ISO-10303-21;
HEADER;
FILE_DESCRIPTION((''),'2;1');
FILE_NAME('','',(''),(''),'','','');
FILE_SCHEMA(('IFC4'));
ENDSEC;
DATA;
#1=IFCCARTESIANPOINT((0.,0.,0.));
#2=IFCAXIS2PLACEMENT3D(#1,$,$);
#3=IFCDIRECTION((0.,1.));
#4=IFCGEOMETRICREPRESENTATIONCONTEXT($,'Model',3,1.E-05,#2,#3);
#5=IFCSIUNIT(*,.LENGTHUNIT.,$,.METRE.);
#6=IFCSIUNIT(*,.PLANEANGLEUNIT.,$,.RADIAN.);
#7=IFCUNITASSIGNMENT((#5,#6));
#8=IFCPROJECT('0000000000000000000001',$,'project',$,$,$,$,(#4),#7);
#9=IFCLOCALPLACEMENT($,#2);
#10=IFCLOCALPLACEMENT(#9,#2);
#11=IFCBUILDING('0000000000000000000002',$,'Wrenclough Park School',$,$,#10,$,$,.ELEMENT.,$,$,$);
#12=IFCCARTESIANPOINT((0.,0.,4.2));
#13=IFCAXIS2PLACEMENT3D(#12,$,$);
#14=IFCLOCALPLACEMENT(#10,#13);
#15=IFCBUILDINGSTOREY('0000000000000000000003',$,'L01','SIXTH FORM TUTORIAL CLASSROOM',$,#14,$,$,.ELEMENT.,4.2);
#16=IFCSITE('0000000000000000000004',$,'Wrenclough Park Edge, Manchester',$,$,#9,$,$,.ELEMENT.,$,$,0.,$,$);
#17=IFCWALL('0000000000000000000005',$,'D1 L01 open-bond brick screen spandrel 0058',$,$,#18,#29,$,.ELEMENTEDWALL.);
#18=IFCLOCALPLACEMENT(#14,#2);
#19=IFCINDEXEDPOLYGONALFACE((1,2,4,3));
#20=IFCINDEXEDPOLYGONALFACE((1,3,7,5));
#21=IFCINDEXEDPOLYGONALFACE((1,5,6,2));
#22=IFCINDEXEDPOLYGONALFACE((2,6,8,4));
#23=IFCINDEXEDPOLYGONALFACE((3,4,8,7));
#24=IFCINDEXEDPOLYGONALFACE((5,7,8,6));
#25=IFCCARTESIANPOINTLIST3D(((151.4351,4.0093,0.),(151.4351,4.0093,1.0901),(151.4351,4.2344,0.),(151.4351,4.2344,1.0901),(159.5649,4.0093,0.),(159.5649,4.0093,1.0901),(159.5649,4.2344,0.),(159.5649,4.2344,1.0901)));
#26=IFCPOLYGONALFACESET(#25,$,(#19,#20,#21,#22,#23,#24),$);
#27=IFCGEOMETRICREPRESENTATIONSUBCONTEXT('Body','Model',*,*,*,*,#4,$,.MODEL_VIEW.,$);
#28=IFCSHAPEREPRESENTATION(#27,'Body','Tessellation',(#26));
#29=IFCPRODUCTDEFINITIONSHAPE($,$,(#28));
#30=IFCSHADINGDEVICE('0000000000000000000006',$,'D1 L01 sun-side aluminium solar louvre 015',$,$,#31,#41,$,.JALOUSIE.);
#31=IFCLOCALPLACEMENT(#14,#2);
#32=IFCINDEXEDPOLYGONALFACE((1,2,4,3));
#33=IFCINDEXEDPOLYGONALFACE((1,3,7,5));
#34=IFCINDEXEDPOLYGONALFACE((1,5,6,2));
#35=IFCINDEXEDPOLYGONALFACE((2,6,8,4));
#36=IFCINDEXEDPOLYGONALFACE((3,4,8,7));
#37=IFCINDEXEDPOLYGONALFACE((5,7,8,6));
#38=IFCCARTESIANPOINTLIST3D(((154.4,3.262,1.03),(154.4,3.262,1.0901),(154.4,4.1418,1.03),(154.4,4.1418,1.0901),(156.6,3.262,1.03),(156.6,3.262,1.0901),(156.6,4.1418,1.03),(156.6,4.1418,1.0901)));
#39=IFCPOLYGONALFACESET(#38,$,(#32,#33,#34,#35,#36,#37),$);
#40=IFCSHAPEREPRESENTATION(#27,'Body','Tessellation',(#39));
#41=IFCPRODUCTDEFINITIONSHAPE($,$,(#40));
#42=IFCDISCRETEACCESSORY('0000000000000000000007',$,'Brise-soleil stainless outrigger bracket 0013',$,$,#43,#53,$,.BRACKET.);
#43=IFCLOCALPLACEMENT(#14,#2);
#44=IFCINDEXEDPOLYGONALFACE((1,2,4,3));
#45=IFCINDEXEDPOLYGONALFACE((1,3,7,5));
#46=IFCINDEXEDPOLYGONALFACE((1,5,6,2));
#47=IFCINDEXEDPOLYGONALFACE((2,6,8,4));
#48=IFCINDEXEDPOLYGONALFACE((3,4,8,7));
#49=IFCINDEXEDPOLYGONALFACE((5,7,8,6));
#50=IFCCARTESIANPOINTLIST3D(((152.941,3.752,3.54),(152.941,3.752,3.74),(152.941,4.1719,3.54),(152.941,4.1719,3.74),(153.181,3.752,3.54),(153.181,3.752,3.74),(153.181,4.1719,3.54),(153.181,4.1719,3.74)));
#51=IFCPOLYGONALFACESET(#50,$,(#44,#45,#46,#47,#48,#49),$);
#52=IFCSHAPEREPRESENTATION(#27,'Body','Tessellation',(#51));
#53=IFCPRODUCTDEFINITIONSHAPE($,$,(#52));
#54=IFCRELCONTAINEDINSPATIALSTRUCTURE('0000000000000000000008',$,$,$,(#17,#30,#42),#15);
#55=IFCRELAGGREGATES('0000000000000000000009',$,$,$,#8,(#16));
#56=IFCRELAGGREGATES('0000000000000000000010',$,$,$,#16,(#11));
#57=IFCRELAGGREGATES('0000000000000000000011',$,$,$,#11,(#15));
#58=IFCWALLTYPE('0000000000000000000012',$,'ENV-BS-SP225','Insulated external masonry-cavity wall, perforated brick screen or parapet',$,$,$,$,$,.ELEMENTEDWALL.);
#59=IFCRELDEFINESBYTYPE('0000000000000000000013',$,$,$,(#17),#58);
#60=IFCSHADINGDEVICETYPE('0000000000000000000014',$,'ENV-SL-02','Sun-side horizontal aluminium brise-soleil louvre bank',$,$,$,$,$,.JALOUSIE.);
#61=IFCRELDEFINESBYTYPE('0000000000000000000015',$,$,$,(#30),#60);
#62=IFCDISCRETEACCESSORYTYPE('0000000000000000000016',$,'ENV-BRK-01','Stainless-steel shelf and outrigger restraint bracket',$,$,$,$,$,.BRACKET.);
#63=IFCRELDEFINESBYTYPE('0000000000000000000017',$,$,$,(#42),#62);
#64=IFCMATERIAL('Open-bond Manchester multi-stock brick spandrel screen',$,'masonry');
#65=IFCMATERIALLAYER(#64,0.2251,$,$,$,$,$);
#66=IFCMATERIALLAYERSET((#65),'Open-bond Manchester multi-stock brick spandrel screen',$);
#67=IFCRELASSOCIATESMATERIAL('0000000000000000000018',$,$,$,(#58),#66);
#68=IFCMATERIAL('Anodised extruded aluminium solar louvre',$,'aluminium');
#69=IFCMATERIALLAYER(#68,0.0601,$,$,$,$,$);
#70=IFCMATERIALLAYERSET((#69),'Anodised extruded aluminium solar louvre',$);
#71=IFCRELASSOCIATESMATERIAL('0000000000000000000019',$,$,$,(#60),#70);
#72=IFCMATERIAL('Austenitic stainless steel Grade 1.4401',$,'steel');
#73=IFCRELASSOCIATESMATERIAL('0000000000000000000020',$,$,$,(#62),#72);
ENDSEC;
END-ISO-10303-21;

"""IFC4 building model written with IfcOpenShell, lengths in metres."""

from ifc_helpers import new_model, si_unit, direction, frame, frame_2d, origin, origin_2d, place, context, subcontext, project, spatial, rectangle, extrude, material, layer, layer_set, type_object, element, save


model = new_model("IFC4")

# Units and contexts
model_context = context("Model", 3, precision=1e-05, world=origin(), true_north=direction((0.0, 1.0)))
body_context = subcontext(model_context, "Body", "Model", "MODEL_VIEW")
ifc_project = project(units=[si_unit("LENGTHUNIT", "METRE"), si_unit("PLANEANGLEUNIT", "RADIAN")], contexts=[model_context])

# Site, building, storey
site_placement = place(None, origin())
site = spatial("IfcSite", under=ifc_project, at=site_placement, Name="Wrenclough Park Edge, Manchester", CompositionType="ELEMENT", RefElevation=0.0)
building_placement = place(site_placement, origin())
building = spatial("IfcBuilding", under=site, at=building_placement, Name="Wrenclough Park School", CompositionType="ELEMENT")
storey_placement = place(building_placement, frame((0.0, 0.0, 4.2)))
storey = spatial("IfcBuildingStorey", under=building, at=storey_placement, Name="L01", Description="SIXTH FORM TUTORIAL CLASSROOM", CompositionType="ELEMENT", Elevation=4.2)

# Wall
ifc_material_1 = material(Name="Open-bond Manchester multi-stock brick spandrel screen", Category="masonry")
ifc_layer_1 = layer(ifc_material_1, 0.2251)
ifc_layer_set_1 = layer_set([ifc_layer_1], Name="Open-bond Manchester multi-stock brick spandrel screen")
wall_type_1 = type_object("IfcWallType", Name="ENV-BS-SP225", Description="Insulated external masonry-cavity wall, perforated brick screen or parapet", PredefinedType="ELEMENTEDWALL", material=ifc_layer_set_1)
wall_placement = place(storey_placement, frame((151.4351, 4.1218, 0.0), z_axis=(0.0, 0.0, 1.0), x_axis=(1.0, 0.0, 0.0)))
element("IfcWall", 1, at=wall_placement, inside=storey, type_object=wall_type_1, Name="D1 L01 open-bond brick screen spandrel 0058", PredefinedType="ELEMENTEDWALL", context=body_context, shape_type="SweptSolid", body=[
    extrude(rectangle(XDim=8.1299, YDim=0.2251, at=frame_2d((4.0649, 0.0))), origin(), (0.0, 0.0, 1.0), 1.0901),
])

# Shading device
ifc_material_2 = material(Name="Anodised extruded aluminium solar louvre", Category="aluminium")
ifc_layer_2 = layer(ifc_material_2, 0.0601)
ifc_layer_set_2 = layer_set([ifc_layer_2], Name="Anodised extruded aluminium solar louvre")
shading_device_type = type_object("IfcShadingDeviceType", Name="ENV-SL-02", Description="Sun-side horizontal aluminium brise-soleil louvre bank", PredefinedType="JALOUSIE", material=ifc_layer_set_2)
shading_device_placement = place(storey_placement, frame((155.5, 3.7019, 1.03), z_axis=(0.0, 0.0, 1.0), x_axis=(1.0, 0.0, 0.0)))
element("IfcShadingDevice", 2, at=shading_device_placement, inside=storey, type_object=shading_device_type, Name="D1 L01 sun-side aluminium solar louvre 015", PredefinedType="JALOUSIE", context=body_context, shape_type="SweptSolid", body=[
    extrude(rectangle(XDim=2.2, YDim=0.8799, at=origin_2d()), origin(), (0.0, 0.0, 1.0), 0.0601),
])

# Discrete accessory
ifc_material_3 = material(Name="Austenitic stainless steel Grade 1.4401", Category="steel")
discrete_accessory_type = type_object("IfcDiscreteAccessoryType", Name="ENV-BRK-01", Description="Stainless-steel shelf and outrigger restraint bracket", PredefinedType="BRACKET", material=ifc_material_3)
discrete_accessory_placement = place(storey_placement, frame((153.061, 3.9619, 3.54), z_axis=(0.0, 0.0, 1.0), x_axis=(1.0, 0.0, 0.0)))
element("IfcDiscreteAccessory", 3, at=discrete_accessory_placement, inside=storey, type_object=discrete_accessory_type, Name="Brise-soleil stainless outrigger bracket 0013", PredefinedType="BRACKET", context=body_context, shape_type="SweptSolid", body=[
    extrude(rectangle(XDim=0.24, YDim=0.4199, at=origin_2d()), origin(), (0.0, 0.0, 1.0), 0.2),
])

save(model, "model.ifc")
